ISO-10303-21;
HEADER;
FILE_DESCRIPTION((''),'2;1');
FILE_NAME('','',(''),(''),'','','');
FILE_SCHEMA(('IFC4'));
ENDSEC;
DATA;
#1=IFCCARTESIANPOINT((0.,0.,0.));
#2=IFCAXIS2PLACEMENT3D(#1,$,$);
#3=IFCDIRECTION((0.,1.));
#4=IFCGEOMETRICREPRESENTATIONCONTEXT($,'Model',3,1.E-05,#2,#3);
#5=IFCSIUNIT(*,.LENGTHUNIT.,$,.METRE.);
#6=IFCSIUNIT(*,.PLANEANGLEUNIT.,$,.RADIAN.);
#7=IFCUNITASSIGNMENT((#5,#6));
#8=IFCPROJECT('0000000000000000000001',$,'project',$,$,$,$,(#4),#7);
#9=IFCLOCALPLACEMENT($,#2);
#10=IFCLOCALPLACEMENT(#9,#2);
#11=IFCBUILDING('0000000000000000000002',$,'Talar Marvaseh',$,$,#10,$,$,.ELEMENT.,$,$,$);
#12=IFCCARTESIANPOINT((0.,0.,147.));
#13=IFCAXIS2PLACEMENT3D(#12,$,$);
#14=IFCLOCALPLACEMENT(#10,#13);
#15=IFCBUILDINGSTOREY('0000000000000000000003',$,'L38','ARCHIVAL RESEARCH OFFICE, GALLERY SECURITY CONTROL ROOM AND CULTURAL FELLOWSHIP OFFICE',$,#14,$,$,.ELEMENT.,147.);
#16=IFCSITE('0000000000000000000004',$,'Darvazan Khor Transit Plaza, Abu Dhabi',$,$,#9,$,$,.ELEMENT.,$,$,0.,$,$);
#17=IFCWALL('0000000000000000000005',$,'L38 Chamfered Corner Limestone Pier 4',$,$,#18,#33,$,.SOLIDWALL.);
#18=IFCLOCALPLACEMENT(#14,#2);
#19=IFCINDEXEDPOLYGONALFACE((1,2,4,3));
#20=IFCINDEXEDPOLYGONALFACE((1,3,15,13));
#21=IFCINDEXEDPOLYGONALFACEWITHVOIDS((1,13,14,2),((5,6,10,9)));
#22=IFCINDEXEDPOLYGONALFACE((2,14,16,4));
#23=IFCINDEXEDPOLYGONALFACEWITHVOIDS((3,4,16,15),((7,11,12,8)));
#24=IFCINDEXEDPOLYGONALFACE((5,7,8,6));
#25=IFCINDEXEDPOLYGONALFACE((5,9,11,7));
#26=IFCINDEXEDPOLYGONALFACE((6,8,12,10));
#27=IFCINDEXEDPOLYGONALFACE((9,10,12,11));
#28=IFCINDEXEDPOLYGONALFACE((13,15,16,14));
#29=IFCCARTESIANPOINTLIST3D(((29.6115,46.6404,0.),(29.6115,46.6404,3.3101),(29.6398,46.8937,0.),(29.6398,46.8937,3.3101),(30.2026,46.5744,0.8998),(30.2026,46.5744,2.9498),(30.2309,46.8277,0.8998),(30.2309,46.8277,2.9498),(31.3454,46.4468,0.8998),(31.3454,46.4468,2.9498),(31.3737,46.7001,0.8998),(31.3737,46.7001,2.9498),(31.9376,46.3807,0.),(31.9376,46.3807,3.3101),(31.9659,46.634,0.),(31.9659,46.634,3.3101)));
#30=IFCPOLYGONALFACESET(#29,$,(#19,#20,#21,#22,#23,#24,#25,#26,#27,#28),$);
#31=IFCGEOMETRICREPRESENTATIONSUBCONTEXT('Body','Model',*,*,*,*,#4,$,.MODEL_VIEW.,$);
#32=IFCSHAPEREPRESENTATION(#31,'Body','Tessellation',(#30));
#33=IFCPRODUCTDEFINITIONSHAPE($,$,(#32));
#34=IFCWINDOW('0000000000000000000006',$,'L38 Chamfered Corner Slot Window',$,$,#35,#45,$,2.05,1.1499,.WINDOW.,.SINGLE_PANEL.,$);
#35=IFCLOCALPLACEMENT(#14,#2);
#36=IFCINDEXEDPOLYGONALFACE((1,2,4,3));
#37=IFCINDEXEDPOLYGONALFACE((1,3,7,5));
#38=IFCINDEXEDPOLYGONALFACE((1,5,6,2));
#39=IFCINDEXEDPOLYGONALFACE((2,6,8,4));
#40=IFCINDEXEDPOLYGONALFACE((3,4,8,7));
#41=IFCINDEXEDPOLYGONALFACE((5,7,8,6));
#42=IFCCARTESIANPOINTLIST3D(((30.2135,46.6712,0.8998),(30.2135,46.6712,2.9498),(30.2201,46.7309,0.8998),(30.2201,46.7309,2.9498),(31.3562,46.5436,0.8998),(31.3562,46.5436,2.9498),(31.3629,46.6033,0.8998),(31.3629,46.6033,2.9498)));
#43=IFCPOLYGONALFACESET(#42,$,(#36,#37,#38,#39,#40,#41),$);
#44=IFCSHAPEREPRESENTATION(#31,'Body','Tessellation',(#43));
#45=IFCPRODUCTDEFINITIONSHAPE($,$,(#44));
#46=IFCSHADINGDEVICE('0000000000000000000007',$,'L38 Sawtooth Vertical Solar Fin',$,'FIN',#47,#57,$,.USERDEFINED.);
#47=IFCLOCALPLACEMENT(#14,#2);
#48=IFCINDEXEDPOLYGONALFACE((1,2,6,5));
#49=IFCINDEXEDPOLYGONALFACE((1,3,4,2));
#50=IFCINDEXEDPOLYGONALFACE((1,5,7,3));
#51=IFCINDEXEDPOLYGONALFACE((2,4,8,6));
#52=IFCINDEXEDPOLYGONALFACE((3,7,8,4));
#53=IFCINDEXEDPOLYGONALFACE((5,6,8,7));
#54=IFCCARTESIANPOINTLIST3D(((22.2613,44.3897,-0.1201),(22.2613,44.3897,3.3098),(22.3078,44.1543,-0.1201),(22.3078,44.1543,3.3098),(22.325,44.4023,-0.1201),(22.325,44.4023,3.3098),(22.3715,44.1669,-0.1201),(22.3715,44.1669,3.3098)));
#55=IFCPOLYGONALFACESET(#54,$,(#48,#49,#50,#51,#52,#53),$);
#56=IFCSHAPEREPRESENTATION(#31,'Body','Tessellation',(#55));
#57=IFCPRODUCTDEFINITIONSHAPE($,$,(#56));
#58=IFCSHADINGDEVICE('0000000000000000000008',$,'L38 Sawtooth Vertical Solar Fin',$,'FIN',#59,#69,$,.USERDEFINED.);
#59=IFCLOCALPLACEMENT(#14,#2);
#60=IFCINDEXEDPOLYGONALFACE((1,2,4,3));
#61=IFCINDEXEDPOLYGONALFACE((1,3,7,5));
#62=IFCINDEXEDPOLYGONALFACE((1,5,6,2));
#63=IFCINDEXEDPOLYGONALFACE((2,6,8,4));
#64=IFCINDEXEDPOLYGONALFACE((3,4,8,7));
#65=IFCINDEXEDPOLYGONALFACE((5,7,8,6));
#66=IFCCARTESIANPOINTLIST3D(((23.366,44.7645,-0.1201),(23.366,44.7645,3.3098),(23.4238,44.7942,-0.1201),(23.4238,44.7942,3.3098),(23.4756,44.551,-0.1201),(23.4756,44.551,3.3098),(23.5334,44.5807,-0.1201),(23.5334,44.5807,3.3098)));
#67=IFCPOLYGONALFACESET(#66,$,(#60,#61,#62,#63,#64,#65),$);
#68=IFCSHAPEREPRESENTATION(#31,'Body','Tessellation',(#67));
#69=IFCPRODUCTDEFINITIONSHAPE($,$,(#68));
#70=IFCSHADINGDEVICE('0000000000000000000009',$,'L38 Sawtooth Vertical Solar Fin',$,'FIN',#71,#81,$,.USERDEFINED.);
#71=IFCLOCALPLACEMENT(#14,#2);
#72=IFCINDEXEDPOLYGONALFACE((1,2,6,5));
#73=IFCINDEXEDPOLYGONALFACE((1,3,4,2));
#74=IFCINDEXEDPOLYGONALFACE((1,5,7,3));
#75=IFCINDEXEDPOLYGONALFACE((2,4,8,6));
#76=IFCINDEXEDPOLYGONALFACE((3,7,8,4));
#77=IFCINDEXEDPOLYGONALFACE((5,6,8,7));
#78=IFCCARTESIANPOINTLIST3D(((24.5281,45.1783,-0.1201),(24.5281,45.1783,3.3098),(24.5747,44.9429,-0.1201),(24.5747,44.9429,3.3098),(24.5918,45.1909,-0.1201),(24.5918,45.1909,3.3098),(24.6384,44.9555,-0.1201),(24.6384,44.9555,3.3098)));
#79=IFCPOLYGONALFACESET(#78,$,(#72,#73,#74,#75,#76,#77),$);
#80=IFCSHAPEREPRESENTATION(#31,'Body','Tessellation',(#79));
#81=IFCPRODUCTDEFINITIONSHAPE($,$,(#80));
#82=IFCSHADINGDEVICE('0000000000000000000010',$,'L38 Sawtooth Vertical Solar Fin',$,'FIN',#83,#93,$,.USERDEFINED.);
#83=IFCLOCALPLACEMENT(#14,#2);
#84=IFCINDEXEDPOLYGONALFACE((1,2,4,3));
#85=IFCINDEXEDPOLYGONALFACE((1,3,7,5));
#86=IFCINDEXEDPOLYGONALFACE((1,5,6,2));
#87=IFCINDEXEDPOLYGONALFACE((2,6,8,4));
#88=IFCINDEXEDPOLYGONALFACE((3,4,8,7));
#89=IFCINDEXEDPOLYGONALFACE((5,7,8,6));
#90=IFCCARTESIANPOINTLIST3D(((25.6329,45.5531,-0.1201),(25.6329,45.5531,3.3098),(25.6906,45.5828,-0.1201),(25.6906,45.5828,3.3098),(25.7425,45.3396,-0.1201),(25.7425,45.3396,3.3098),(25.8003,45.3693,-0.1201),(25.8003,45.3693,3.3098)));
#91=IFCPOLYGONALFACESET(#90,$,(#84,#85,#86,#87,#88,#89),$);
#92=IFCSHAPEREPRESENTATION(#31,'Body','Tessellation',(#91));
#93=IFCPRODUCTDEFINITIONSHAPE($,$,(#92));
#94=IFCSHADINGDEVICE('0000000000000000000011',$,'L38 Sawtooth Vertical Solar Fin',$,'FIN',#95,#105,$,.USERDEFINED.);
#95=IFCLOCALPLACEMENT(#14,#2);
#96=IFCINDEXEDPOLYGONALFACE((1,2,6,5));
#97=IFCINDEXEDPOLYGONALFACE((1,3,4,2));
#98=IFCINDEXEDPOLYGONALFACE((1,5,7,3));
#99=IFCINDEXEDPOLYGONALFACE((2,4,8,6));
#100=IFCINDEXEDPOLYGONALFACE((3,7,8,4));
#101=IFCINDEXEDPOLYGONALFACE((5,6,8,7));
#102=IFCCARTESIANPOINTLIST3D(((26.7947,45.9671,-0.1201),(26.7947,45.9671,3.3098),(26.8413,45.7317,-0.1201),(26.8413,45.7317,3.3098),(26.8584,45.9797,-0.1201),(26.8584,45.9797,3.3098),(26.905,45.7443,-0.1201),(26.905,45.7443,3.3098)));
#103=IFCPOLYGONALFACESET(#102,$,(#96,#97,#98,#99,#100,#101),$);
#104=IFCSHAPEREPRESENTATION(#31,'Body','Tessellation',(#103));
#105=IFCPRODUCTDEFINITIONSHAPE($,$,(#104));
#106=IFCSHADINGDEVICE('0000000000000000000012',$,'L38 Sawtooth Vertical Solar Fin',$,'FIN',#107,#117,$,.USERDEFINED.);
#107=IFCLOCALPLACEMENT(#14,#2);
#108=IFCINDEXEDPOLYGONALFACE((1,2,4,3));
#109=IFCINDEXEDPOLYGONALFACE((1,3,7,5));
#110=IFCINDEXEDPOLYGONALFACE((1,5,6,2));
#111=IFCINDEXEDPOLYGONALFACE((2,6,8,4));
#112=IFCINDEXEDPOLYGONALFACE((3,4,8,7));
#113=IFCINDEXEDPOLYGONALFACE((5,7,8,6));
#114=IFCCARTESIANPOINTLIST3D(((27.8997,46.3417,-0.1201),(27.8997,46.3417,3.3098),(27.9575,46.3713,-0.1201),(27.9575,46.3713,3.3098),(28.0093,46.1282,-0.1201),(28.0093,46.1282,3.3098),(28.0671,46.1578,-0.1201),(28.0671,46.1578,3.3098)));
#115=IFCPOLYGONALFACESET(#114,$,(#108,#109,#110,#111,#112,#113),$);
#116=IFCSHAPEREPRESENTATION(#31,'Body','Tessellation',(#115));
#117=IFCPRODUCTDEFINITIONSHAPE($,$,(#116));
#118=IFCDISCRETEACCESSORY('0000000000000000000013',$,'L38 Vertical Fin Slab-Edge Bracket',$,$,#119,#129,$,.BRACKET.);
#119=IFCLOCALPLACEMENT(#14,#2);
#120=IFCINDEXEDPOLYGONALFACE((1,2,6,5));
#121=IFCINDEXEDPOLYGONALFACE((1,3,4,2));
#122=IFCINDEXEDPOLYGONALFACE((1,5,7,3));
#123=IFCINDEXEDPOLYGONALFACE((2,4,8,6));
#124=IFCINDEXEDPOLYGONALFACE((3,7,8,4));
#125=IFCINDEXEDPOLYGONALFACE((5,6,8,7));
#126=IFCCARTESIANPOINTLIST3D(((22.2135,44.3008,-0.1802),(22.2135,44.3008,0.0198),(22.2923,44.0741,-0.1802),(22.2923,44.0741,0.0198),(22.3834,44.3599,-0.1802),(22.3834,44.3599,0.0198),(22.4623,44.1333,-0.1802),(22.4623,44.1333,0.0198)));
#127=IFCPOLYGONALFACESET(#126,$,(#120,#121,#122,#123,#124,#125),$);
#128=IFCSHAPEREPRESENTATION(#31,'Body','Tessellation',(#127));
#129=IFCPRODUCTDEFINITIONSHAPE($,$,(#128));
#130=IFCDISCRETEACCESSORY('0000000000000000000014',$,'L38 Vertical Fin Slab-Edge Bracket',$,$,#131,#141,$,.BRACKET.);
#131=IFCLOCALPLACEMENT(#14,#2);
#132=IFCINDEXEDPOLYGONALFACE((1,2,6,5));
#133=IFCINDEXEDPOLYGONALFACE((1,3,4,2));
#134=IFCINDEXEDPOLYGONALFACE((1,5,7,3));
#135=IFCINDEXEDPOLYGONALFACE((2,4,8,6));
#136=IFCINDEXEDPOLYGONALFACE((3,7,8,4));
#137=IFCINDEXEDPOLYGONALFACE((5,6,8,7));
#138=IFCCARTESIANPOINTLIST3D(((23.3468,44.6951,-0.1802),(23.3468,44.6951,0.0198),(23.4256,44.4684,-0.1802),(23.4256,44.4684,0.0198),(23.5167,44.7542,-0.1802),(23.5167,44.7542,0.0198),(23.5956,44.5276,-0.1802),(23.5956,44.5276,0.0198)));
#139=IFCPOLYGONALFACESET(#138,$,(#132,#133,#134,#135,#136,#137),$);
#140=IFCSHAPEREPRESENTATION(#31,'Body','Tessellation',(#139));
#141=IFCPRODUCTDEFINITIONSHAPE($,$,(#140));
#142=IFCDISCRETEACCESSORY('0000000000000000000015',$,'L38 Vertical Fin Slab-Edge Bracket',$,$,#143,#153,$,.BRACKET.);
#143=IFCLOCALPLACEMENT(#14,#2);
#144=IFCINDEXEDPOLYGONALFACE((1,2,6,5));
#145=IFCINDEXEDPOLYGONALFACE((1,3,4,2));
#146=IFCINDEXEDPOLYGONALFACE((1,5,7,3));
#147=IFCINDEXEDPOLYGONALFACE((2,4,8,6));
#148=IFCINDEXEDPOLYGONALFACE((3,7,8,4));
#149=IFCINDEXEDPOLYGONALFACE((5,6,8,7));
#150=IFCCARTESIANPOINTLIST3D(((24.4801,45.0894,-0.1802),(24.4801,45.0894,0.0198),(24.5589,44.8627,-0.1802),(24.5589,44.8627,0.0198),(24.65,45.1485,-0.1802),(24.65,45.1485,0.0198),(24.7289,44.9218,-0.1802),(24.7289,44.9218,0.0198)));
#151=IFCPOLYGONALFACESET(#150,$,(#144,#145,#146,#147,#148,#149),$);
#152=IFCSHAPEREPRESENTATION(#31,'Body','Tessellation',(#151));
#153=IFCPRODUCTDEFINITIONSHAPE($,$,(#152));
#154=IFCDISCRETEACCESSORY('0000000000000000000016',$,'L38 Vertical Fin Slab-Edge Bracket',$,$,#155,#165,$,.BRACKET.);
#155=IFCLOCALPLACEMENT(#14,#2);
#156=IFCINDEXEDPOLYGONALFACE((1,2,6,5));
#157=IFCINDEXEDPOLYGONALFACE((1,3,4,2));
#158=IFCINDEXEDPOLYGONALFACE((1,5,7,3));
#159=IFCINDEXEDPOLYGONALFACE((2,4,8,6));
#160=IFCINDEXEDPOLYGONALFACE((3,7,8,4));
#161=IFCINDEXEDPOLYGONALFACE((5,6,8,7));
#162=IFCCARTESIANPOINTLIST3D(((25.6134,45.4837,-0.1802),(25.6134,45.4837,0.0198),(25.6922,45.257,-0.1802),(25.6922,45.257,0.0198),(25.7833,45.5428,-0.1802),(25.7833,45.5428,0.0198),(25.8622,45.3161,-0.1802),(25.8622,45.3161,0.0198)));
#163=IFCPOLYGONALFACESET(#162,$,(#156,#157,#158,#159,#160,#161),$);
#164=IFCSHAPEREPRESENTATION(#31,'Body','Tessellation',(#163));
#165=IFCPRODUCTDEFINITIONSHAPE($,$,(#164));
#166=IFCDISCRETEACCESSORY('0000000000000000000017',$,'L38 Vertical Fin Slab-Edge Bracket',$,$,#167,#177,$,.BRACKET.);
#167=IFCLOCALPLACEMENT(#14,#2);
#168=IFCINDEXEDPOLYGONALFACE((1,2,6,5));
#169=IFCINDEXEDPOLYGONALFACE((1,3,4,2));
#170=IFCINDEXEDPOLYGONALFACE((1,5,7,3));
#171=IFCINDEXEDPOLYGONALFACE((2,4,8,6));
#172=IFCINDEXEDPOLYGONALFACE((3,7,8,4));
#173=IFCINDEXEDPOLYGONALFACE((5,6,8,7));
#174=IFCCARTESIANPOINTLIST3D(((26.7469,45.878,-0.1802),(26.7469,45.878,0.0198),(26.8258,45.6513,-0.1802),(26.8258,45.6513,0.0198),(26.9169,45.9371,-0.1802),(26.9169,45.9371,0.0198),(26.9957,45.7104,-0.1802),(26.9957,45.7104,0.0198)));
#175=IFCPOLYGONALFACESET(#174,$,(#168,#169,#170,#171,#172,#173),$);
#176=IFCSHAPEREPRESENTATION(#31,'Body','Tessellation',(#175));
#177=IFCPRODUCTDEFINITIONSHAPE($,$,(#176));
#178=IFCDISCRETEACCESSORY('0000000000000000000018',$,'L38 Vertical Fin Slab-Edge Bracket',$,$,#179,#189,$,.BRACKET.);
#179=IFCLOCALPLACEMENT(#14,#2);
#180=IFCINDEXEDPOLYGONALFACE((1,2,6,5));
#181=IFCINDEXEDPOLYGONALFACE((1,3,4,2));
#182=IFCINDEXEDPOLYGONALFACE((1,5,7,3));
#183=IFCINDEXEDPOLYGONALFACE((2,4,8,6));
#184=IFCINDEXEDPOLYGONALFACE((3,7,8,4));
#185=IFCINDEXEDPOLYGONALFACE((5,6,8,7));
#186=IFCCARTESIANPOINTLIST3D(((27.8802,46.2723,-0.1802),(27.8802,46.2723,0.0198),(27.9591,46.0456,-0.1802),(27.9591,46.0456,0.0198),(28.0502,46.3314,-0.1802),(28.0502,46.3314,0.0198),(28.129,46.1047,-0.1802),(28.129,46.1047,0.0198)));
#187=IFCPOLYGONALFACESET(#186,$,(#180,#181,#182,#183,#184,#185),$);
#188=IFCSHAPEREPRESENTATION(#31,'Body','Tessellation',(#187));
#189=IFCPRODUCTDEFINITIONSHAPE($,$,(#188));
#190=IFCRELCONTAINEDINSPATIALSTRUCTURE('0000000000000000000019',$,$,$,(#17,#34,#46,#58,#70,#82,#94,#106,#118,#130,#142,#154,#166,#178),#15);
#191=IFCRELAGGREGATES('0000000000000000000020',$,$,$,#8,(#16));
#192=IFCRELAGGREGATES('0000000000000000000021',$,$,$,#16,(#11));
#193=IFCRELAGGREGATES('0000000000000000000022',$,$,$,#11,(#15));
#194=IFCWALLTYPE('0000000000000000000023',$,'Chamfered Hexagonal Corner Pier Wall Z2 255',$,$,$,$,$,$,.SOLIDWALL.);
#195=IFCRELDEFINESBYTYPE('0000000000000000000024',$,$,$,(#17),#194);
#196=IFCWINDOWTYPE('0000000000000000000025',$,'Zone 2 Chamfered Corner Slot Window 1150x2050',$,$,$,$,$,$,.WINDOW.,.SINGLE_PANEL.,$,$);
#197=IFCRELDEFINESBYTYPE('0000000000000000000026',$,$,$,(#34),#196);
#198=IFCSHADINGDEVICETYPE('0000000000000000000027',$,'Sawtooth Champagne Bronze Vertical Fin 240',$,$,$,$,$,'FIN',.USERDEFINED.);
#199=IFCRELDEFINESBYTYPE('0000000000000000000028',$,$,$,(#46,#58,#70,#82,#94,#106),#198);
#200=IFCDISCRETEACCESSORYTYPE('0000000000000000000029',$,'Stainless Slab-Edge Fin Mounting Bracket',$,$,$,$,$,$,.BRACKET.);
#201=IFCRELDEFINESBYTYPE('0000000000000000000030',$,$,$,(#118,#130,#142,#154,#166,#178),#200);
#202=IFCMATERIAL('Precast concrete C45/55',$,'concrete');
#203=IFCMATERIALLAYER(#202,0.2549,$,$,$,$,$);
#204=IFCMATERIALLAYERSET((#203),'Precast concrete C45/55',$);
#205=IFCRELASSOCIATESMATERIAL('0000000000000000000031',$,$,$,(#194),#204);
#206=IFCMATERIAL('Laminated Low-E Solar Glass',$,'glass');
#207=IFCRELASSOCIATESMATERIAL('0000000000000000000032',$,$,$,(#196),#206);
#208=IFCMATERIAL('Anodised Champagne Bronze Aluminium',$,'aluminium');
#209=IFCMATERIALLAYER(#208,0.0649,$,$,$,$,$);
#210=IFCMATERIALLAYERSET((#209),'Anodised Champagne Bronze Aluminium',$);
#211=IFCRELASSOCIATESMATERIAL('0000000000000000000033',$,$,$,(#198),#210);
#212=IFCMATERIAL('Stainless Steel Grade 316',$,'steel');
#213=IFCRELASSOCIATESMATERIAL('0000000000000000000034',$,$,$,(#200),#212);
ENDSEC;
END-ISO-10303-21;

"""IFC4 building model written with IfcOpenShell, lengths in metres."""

from ifc_helpers import new_model, si_unit, direction, frame, frame_2d, origin, origin_2d, place, context, subcontext, project, spatial, rectangle, extrude, source, transform, mapped, material, layer, layer_set, type_object, type_shapes, element, fill, save


model = new_model("IFC4")

# Units and contexts
model_context = context("Model", 3, precision=1e-05, world=origin(), true_north=direction((0.0, 1.0)))
body_context = subcontext(model_context, "Body", "Model", "MODEL_VIEW")
ifc_project = project(units=[si_unit("LENGTHUNIT", "METRE"), si_unit("PLANEANGLEUNIT", "RADIAN")], contexts=[model_context])

# Site, building, storey
site_placement = place(None, origin())
site = spatial("IfcSite", under=ifc_project, at=site_placement, Name="Darvazan Khor Transit Plaza, Abu Dhabi", CompositionType="ELEMENT", RefElevation=0.0)
building_placement = place(site_placement, origin())
building = spatial("IfcBuilding", under=site, at=building_placement, Name="Talar Marvaseh", CompositionType="ELEMENT")
storey_placement = place(building_placement, frame((0.0, 0.0, 147.0)))
storey = spatial("IfcBuildingStorey", under=building, at=storey_placement, Name="L38", Description="ARCHIVAL RESEARCH OFFICE, GALLERY SECURITY CONTROL ROOM AND CULTURAL FELLOWSHIP OFFICE", CompositionType="ELEMENT", Elevation=147.0)

# Shared definitions
ifc_material_1 = material(Name="Laminated Low-E Solar Glass", Category="glass")

# Wall, opening, window
ifc_material_2 = material(Name="Precast concrete C45/55", Category="concrete")
ifc_layer_1 = layer(ifc_material_2, 0.2549)
ifc_layer_set_1 = layer_set([ifc_layer_1], Name="Precast concrete C45/55")
wall_type = type_object("IfcWallType", Name="Chamfered Hexagonal Corner Pier Wall Z2 255", PredefinedType="SOLIDWALL", material=ifc_layer_set_1)
wall_placement = place(storey_placement, frame((29.6255, 46.7671, 0.0), z_axis=(0.0, 0.0, 1.0), x_axis=(0.993823, -0.110981, 0.0)))
wall = element("IfcWall", 1, at=wall_placement, inside=storey, type_object=wall_type, Name="L38 Chamfered Corner Limestone Pier 4", PredefinedType="SOLIDWALL", context=body_context, shape_type="SweptSolid", body=[
    extrude(rectangle(XDim=2.3406, YDim=0.2549, at=frame_2d((1.1704, 0.0))), origin(), (0.0, 0.0, 1.0), 3.3101),
])
opening_placement = place(wall_placement, frame((0.595, 0.0, 0.8999)))
opening = element("IfcOpeningElement", 2, at=opening_placement, cuts=wall, PredefinedType="OPENING", context=body_context, shape_type="SweptSolid", body=[
    extrude(rectangle(XDim=1.1499, YDim=2.05, at=frame_2d((0.575, 1.0249))), frame((0.0, 0.1375, 0.0), z_axis=(0.0, -1.0, 0.0), x_axis=(1.0, 0.0, 0.0)), (0.0, 0.0, 1.0), 0.2749),
])
window_type = type_object("IfcWindowType", Name="Zone 2 Chamfered Corner Slot Window 1150x2050", PartitioningType="SINGLE_PANEL", PredefinedType="WINDOW", material=ifc_material_1)
shared_shape_1 = source(origin(), body_context, "Body", "SweptSolid", [
    extrude(rectangle(XDim=1.1499, YDim=2.05, at=frame_2d((0.575, 1.0249))), frame((0.0, 0.03, 0.0), z_axis=(0.0, -1.0, 0.0), x_axis=(1.0, 0.0, 0.0)), (0.0, 0.0, 1.0), 0.0601),
])
type_shapes(window_type, [shared_shape_1])
window_placement = place(opening_placement, origin())
window = element("IfcWindow", 3, at=window_placement, inside=storey, type_object=window_type, Name="L38 Chamfered Corner Slot Window", OverallHeight=2.05, OverallWidth=1.1499, PartitioningType="SINGLE_PANEL", PredefinedType="WINDOW", context=body_context, shape_type="MappedRepresentation", body=[
    mapped(shared_shape_1, transform((0.0, 0.0, 0.0), x_axis=(1.0, 0.0, 0.0), y_axis=(0.0, 1.0, 0.0), z_axis=(0.0, 0.0, 1.0), scale=1.0)),
])
fill(opening, window)

# Shading devices
ifc_material_3 = material(Name="Anodised Champagne Bronze Aluminium", Category="aluminium")
ifc_layer_2 = layer(ifc_material_3, 0.0649)
ifc_layer_set_2 = layer_set([ifc_layer_2], Name="Anodised Champagne Bronze Aluminium")
shading_device_type = type_object("IfcShadingDeviceType", Name="Sawtooth Champagne Bronze Vertical Fin 240", ElementType="FIN", PredefinedType="USERDEFINED", material=ifc_layer_set_2)
shared_shape_2 = source(origin(), body_context, "Body", "SweptSolid", [
    extrude(rectangle(XDim=0.24, YDim=0.0649, at=origin_2d()), origin(), (0.0, 0.0, 1.0), 3.4299),
])
type_shapes(shading_device_type, [shared_shape_2])
for number, where, z_axis, x_axis, name in (
    (4, (22.3164, 44.2783, -0.1201), (0.0, 0.0, 1.0), (-0.193892, 0.981023, 0.0), "L38 Sawtooth Vertical Solar Fin"),
    (5, (23.4497, 44.6726, -0.1201), (0.0, 0.0, 1.0), (-0.456787, 0.889576, 0.0), "L38 Sawtooth Vertical Solar Fin"),
    (6, (24.5833, 45.0669, -0.1201), (0.0, 0.0, 1.0), (-0.193892, 0.981023, 0.0), "L38 Sawtooth Vertical Solar Fin"),
    (7, (25.7166, 45.4612, -0.1201), (0.0, 0.0, 1.0), (-0.456787, 0.889576, 0.0), "L38 Sawtooth Vertical Solar Fin"),
    (8, (26.8499, 45.8557, -0.1201), (0.0, 0.0, 1.0), (-0.193892, 0.981023, 0.0), "L38 Sawtooth Vertical Solar Fin"),
    (9, (27.9834, 46.2498, -0.1201), (0.0, 0.0, 1.0), (-0.456787, 0.889576, 0.0), "L38 Sawtooth Vertical Solar Fin"),
):
    element("IfcShadingDevice", number, at=place(storey_placement, frame(where, z_axis=z_axis, x_axis=x_axis)), inside=storey, type_object=shading_device_type, Name=name, ObjectType="FIN", PredefinedType="USERDEFINED", context=body_context, shape_type="MappedRepresentation", body=[
        mapped(shared_shape_2, transform((0.0, 0.0, 0.0), x_axis=(1.0, 0.0, 0.0), y_axis=(0.0, 1.0, 0.0), z_axis=(0.0, 0.0, 1.0), scale=1.0)),
    ])

# Discrete accessories
ifc_material_4 = material(Name="Stainless Steel Grade 316", Category="steel")
discrete_accessory_type = type_object("IfcDiscreteAccessoryType", Name="Stainless Slab-Edge Fin Mounting Bracket", PredefinedType="BRACKET", material=ifc_material_4)
shared_shape_3 = source(origin(), body_context, "Body", "SweptSolid", [
    extrude(rectangle(XDim=0.24, YDim=0.1799, at=origin_2d()), origin(), (0.0, 0.0, 1.0), 0.2),
])
type_shapes(discrete_accessory_type, [shared_shape_3])
for number, where, z_axis, x_axis, name in (
    (10, (22.3379, 44.217, -0.1802), (0.0, 0.0, 1.0), (-0.328537, 0.944491, 0.0), "L38 Vertical Fin Slab-Edge Bracket"),
    (11, (23.4712, 44.6113, -0.1802), (0.0, 0.0, 1.0), (-0.328537, 0.944491, 0.0), "L38 Vertical Fin Slab-Edge Bracket"),
    (12, (24.6045, 45.0056, -0.1802), (0.0, 0.0, 1.0), (-0.328537, 0.944491, 0.0), "L38 Vertical Fin Slab-Edge Bracket"),
    (13, (25.7378, 45.3999, -0.1802), (0.0, 0.0, 1.0), (-0.328537, 0.944491, 0.0), "L38 Vertical Fin Slab-Edge Bracket"),
    (14, (26.8713, 45.7942, -0.1802), (0.0, 0.0, 1.0), (-0.328537, 0.944491, 0.0), "L38 Vertical Fin Slab-Edge Bracket"),
    (15, (28.0046, 46.1885, -0.1802), (0.0, 0.0, 1.0), (-0.328537, 0.944491, 0.0), "L38 Vertical Fin Slab-Edge Bracket"),
):
    element("IfcDiscreteAccessory", number, at=place(storey_placement, frame(where, z_axis=z_axis, x_axis=x_axis)), inside=storey, type_object=discrete_accessory_type, Name=name, PredefinedType="BRACKET", context=body_context, shape_type="MappedRepresentation", body=[
        mapped(shared_shape_3, transform((0.0, 0.0, 0.0), x_axis=(1.0, 0.0, 0.0), y_axis=(0.0, 1.0, 0.0), z_axis=(0.0, 0.0, 1.0), scale=1.0)),
    ])

save(model, "model.ifc")
